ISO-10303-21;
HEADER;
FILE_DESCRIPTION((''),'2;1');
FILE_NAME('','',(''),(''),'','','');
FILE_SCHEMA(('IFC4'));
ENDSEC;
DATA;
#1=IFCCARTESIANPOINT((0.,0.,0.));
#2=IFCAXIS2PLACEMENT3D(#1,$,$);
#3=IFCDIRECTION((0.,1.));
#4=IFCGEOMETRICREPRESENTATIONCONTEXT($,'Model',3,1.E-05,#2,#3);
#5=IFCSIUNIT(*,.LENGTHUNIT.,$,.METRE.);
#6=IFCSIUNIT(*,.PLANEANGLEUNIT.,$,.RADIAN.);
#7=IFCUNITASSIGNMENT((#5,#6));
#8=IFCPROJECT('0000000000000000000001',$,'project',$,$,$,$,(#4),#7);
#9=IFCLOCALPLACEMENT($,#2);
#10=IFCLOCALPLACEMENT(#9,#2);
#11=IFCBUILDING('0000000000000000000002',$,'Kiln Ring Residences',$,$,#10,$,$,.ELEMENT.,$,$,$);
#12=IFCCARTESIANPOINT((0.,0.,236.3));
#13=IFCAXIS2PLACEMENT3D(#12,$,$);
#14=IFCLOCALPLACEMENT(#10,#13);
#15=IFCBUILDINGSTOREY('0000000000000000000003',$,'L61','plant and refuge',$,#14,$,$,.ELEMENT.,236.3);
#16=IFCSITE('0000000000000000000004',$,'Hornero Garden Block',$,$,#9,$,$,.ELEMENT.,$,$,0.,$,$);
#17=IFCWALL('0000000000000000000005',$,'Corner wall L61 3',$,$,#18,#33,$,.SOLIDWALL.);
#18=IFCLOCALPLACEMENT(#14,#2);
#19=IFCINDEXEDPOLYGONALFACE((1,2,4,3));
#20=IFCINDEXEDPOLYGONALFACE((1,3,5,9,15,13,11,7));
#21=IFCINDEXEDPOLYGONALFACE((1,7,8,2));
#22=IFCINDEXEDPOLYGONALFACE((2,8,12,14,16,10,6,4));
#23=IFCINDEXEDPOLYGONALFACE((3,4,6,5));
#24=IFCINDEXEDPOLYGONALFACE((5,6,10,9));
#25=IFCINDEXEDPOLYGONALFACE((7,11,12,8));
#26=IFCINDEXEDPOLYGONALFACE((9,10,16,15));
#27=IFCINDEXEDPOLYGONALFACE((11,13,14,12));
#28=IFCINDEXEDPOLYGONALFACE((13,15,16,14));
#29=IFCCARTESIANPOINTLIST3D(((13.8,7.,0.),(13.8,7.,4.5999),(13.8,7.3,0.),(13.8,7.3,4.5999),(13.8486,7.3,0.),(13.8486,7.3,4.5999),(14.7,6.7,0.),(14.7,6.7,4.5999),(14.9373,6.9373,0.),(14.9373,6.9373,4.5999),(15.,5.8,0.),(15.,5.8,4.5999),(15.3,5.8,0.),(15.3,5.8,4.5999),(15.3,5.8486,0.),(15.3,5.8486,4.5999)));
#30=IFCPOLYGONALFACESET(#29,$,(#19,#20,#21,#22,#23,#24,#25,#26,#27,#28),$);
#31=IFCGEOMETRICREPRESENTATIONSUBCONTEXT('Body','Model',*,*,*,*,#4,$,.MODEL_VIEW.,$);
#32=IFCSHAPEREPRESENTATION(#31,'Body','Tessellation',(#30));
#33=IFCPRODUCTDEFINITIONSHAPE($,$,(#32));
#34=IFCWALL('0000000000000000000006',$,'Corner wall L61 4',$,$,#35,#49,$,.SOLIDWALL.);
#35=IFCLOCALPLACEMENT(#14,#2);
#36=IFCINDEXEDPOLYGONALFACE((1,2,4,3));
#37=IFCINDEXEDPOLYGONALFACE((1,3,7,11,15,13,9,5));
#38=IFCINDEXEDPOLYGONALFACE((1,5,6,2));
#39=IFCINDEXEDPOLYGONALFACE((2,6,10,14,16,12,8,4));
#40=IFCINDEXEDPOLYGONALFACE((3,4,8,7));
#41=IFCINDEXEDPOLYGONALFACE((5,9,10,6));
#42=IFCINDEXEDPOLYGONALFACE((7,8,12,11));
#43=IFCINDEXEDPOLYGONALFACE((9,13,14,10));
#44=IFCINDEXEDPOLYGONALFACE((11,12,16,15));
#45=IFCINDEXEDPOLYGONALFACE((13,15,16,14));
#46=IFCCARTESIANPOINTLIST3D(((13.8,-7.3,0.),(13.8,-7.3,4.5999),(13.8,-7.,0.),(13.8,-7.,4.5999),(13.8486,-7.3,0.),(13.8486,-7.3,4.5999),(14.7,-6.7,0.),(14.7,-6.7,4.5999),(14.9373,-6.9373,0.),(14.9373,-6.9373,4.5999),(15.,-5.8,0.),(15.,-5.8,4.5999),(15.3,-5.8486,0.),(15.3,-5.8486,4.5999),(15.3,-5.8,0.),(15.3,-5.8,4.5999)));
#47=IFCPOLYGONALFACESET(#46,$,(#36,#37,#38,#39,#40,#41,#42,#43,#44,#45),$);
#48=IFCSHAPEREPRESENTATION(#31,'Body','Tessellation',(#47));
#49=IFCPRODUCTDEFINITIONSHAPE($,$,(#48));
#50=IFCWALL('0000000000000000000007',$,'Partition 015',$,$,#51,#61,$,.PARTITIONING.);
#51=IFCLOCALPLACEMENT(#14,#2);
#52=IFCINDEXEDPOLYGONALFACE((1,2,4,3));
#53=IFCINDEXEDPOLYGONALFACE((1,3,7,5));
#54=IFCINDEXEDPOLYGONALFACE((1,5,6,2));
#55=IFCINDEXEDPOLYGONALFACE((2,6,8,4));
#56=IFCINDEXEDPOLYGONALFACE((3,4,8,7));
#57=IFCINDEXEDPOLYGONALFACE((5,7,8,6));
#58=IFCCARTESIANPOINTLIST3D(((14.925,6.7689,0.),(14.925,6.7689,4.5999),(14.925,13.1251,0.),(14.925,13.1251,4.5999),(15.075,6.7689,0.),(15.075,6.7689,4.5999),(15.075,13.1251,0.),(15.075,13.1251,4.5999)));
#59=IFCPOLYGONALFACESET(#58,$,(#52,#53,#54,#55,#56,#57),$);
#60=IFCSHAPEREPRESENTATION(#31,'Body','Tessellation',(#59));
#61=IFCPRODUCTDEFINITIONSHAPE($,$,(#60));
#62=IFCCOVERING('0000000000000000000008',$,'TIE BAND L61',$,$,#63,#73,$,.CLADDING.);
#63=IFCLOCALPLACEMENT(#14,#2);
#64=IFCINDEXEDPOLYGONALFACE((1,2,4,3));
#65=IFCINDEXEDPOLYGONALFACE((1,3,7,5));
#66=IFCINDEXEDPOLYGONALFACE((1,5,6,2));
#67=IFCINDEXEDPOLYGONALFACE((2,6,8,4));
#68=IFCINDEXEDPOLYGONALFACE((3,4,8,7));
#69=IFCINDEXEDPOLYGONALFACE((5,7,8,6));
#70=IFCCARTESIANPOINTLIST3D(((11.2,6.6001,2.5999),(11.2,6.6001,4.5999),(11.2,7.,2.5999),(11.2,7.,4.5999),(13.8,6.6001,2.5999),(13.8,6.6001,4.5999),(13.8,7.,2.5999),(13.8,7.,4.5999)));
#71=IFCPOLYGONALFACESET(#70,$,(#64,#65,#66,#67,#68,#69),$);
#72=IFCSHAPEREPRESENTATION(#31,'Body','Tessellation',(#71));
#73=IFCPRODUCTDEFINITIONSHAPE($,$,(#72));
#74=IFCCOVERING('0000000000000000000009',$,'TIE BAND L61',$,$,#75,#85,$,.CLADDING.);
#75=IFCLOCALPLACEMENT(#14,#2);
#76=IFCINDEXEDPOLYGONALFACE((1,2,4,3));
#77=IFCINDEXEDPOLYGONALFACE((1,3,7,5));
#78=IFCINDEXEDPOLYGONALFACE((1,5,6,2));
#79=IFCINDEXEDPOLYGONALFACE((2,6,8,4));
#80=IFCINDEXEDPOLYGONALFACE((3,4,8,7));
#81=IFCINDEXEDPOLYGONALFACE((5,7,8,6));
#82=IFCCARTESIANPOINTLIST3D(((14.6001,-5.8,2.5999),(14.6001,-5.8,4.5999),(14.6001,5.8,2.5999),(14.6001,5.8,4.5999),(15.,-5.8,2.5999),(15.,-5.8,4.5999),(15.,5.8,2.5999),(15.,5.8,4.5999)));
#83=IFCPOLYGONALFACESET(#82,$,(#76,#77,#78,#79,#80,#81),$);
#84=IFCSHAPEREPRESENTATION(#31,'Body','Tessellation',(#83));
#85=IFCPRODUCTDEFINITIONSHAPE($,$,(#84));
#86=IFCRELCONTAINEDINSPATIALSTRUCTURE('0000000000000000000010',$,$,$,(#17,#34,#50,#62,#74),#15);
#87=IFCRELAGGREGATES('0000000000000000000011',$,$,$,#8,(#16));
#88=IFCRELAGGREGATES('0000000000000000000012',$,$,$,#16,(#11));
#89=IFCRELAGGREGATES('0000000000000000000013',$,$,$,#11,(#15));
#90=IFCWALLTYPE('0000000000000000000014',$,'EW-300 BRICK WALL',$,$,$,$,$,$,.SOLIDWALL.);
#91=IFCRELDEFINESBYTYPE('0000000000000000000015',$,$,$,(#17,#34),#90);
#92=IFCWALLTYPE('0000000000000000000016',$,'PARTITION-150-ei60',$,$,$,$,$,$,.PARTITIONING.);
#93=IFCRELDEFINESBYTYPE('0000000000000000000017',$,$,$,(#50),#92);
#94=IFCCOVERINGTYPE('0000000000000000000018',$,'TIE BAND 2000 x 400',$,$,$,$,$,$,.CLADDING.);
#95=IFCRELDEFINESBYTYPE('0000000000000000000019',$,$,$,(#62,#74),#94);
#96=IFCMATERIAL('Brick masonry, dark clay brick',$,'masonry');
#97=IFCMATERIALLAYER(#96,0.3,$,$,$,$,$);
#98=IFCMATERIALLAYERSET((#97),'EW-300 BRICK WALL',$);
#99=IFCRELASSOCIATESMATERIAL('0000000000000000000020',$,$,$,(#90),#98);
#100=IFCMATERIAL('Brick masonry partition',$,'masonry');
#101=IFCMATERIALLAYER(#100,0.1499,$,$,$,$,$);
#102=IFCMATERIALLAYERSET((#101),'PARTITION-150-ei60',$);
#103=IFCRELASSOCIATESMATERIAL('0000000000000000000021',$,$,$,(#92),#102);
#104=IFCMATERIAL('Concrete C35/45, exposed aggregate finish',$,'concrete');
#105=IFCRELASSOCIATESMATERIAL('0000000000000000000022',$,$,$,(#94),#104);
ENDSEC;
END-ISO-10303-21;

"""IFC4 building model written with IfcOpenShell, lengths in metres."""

from ifc_helpers import new_model, si_unit, direction, frame, frame_2d, origin, origin_2d, place, context, subcontext, project, spatial, polyline, rectangle, outline, extrude, material, layer, layer_set, type_object, element, save


model = new_model("IFC4")

# Units and contexts
model_context = context("Model", 3, precision=1e-05, world=origin(), true_north=direction((0.0, 1.0)))
body_context = subcontext(model_context, "Body", "Model", "MODEL_VIEW")
ifc_project = project(units=[si_unit("LENGTHUNIT", "METRE"), si_unit("PLANEANGLEUNIT", "RADIAN")], contexts=[model_context])

# Site, building, storey
site_placement = place(None, origin())
site = spatial("IfcSite", under=ifc_project, at=site_placement, Name="Hornero Garden Block", CompositionType="ELEMENT", RefElevation=0.0)
building_placement = place(site_placement, origin())
building = spatial("IfcBuilding", under=site, at=building_placement, Name="Kiln Ring Residences", CompositionType="ELEMENT")
storey_placement = place(building_placement, frame((0.0, 0.0, 236.3)))
storey = spatial("IfcBuildingStorey", under=building, at=storey_placement, Name="L61", Description="plant and refuge", CompositionType="ELEMENT", Elevation=236.3)

# Shared definitions
placement_1 = place(storey_placement, origin())

# Walls
ifc_material_1 = material(Name="Brick masonry, dark clay brick", Category="masonry")
ifc_layer_1 = layer(ifc_material_1, 0.3)
ifc_layer_set_1 = layer_set([ifc_layer_1], Name="EW-300 BRICK WALL")
wall_type_1 = type_object("IfcWallType", Name="EW-300 BRICK WALL", PredefinedType="SOLIDWALL", material=ifc_layer_set_1)
element("IfcWall", 1, at=placement_1, inside=storey, type_object=wall_type_1, Name="Corner wall L61 3", PredefinedType="SOLIDWALL", context=body_context, shape_type="SweptSolid", body=[
    extrude(outline(polyline([(13.8, 7.0), (14.7, 6.7), (15.0, 5.8), (15.3, 5.8), (15.3, 5.8486), (14.9373, 6.9373), (13.8486, 7.3), (13.8, 7.3), (13.8, 7.0)])), origin(), (0.0, 0.0, 1.0), 4.5999),
])
element("IfcWall", 2, at=placement_1, inside=storey, type_object=wall_type_1, Name="Corner wall L61 4", PredefinedType="SOLIDWALL", context=body_context, shape_type="SweptSolid", body=[
    extrude(outline(polyline([(15.0, -5.8), (14.7, -6.7), (13.8, -7.0), (13.8, -7.3), (13.8486, -7.3), (14.9373, -6.9373), (15.3, -5.8486), (15.3, -5.8), (15.0, -5.8)])), origin(), (0.0, 0.0, 1.0), 4.5999),
])
ifc_material_2 = material(Name="Brick masonry partition", Category="masonry")
ifc_layer_2 = layer(ifc_material_2, 0.1499)
ifc_layer_set_2 = layer_set([ifc_layer_2], Name="PARTITION-150-ei60")
wall_type_2 = type_object("IfcWallType", Name="PARTITION-150-ei60", PredefinedType="PARTITIONING", material=ifc_layer_set_2)
wall_1_placement = place(storey_placement, frame((15.0, 6.7688, 0.0), z_axis=(0.0, 0.0, 1.0), x_axis=(0.0, 1.0, 0.0)))
element("IfcWall", 3, at=wall_1_placement, inside=storey, type_object=wall_type_2, Name="Partition 015", PredefinedType="PARTITIONING", context=body_context, shape_type="SweptSolid", body=[
    extrude(rectangle(XDim=6.3562, YDim=0.1499, at=frame_2d((3.1782, 0.0))), origin(), (0.0, 0.0, 1.0), 4.5999),
])

# Coverings
ifc_material_3 = material(Name="Concrete C35/45, exposed aggregate finish", Category="concrete")
covering_type = type_object("IfcCoveringType", Name="TIE BAND 2000 x 400", PredefinedType="CLADDING", material=ifc_material_3)
covering_1_placement = place(storey_placement, frame((12.5, 6.8, 2.5999), z_axis=(0.0, 0.0, 1.0), x_axis=(1.0, 0.0, 0.0)))
element("IfcCovering", 4, at=covering_1_placement, inside=storey, type_object=covering_type, Name="TIE BAND L61", PredefinedType="CLADDING", context=body_context, shape_type="SweptSolid", body=[
    extrude(rectangle(XDim=2.6001, YDim=0.3999, at=origin_2d()), origin(), (0.0, 0.0, 1.0), 2.0),
])
covering_2_placement = place(storey_placement, frame((14.8, 0.0, 2.5999), z_axis=(0.0, 0.0, 1.0), x_axis=(0.0, -1.0, 0.0)))
element("IfcCovering", 5, at=covering_2_placement, inside=storey, type_object=covering_type, Name="TIE BAND L61", PredefinedType="CLADDING", context=body_context, shape_type="SweptSolid", body=[
    extrude(rectangle(XDim=11.6001, YDim=0.3999, at=origin_2d()), origin(), (0.0, 0.0, 1.0), 2.0),
])

save(model, "model.ifc")
